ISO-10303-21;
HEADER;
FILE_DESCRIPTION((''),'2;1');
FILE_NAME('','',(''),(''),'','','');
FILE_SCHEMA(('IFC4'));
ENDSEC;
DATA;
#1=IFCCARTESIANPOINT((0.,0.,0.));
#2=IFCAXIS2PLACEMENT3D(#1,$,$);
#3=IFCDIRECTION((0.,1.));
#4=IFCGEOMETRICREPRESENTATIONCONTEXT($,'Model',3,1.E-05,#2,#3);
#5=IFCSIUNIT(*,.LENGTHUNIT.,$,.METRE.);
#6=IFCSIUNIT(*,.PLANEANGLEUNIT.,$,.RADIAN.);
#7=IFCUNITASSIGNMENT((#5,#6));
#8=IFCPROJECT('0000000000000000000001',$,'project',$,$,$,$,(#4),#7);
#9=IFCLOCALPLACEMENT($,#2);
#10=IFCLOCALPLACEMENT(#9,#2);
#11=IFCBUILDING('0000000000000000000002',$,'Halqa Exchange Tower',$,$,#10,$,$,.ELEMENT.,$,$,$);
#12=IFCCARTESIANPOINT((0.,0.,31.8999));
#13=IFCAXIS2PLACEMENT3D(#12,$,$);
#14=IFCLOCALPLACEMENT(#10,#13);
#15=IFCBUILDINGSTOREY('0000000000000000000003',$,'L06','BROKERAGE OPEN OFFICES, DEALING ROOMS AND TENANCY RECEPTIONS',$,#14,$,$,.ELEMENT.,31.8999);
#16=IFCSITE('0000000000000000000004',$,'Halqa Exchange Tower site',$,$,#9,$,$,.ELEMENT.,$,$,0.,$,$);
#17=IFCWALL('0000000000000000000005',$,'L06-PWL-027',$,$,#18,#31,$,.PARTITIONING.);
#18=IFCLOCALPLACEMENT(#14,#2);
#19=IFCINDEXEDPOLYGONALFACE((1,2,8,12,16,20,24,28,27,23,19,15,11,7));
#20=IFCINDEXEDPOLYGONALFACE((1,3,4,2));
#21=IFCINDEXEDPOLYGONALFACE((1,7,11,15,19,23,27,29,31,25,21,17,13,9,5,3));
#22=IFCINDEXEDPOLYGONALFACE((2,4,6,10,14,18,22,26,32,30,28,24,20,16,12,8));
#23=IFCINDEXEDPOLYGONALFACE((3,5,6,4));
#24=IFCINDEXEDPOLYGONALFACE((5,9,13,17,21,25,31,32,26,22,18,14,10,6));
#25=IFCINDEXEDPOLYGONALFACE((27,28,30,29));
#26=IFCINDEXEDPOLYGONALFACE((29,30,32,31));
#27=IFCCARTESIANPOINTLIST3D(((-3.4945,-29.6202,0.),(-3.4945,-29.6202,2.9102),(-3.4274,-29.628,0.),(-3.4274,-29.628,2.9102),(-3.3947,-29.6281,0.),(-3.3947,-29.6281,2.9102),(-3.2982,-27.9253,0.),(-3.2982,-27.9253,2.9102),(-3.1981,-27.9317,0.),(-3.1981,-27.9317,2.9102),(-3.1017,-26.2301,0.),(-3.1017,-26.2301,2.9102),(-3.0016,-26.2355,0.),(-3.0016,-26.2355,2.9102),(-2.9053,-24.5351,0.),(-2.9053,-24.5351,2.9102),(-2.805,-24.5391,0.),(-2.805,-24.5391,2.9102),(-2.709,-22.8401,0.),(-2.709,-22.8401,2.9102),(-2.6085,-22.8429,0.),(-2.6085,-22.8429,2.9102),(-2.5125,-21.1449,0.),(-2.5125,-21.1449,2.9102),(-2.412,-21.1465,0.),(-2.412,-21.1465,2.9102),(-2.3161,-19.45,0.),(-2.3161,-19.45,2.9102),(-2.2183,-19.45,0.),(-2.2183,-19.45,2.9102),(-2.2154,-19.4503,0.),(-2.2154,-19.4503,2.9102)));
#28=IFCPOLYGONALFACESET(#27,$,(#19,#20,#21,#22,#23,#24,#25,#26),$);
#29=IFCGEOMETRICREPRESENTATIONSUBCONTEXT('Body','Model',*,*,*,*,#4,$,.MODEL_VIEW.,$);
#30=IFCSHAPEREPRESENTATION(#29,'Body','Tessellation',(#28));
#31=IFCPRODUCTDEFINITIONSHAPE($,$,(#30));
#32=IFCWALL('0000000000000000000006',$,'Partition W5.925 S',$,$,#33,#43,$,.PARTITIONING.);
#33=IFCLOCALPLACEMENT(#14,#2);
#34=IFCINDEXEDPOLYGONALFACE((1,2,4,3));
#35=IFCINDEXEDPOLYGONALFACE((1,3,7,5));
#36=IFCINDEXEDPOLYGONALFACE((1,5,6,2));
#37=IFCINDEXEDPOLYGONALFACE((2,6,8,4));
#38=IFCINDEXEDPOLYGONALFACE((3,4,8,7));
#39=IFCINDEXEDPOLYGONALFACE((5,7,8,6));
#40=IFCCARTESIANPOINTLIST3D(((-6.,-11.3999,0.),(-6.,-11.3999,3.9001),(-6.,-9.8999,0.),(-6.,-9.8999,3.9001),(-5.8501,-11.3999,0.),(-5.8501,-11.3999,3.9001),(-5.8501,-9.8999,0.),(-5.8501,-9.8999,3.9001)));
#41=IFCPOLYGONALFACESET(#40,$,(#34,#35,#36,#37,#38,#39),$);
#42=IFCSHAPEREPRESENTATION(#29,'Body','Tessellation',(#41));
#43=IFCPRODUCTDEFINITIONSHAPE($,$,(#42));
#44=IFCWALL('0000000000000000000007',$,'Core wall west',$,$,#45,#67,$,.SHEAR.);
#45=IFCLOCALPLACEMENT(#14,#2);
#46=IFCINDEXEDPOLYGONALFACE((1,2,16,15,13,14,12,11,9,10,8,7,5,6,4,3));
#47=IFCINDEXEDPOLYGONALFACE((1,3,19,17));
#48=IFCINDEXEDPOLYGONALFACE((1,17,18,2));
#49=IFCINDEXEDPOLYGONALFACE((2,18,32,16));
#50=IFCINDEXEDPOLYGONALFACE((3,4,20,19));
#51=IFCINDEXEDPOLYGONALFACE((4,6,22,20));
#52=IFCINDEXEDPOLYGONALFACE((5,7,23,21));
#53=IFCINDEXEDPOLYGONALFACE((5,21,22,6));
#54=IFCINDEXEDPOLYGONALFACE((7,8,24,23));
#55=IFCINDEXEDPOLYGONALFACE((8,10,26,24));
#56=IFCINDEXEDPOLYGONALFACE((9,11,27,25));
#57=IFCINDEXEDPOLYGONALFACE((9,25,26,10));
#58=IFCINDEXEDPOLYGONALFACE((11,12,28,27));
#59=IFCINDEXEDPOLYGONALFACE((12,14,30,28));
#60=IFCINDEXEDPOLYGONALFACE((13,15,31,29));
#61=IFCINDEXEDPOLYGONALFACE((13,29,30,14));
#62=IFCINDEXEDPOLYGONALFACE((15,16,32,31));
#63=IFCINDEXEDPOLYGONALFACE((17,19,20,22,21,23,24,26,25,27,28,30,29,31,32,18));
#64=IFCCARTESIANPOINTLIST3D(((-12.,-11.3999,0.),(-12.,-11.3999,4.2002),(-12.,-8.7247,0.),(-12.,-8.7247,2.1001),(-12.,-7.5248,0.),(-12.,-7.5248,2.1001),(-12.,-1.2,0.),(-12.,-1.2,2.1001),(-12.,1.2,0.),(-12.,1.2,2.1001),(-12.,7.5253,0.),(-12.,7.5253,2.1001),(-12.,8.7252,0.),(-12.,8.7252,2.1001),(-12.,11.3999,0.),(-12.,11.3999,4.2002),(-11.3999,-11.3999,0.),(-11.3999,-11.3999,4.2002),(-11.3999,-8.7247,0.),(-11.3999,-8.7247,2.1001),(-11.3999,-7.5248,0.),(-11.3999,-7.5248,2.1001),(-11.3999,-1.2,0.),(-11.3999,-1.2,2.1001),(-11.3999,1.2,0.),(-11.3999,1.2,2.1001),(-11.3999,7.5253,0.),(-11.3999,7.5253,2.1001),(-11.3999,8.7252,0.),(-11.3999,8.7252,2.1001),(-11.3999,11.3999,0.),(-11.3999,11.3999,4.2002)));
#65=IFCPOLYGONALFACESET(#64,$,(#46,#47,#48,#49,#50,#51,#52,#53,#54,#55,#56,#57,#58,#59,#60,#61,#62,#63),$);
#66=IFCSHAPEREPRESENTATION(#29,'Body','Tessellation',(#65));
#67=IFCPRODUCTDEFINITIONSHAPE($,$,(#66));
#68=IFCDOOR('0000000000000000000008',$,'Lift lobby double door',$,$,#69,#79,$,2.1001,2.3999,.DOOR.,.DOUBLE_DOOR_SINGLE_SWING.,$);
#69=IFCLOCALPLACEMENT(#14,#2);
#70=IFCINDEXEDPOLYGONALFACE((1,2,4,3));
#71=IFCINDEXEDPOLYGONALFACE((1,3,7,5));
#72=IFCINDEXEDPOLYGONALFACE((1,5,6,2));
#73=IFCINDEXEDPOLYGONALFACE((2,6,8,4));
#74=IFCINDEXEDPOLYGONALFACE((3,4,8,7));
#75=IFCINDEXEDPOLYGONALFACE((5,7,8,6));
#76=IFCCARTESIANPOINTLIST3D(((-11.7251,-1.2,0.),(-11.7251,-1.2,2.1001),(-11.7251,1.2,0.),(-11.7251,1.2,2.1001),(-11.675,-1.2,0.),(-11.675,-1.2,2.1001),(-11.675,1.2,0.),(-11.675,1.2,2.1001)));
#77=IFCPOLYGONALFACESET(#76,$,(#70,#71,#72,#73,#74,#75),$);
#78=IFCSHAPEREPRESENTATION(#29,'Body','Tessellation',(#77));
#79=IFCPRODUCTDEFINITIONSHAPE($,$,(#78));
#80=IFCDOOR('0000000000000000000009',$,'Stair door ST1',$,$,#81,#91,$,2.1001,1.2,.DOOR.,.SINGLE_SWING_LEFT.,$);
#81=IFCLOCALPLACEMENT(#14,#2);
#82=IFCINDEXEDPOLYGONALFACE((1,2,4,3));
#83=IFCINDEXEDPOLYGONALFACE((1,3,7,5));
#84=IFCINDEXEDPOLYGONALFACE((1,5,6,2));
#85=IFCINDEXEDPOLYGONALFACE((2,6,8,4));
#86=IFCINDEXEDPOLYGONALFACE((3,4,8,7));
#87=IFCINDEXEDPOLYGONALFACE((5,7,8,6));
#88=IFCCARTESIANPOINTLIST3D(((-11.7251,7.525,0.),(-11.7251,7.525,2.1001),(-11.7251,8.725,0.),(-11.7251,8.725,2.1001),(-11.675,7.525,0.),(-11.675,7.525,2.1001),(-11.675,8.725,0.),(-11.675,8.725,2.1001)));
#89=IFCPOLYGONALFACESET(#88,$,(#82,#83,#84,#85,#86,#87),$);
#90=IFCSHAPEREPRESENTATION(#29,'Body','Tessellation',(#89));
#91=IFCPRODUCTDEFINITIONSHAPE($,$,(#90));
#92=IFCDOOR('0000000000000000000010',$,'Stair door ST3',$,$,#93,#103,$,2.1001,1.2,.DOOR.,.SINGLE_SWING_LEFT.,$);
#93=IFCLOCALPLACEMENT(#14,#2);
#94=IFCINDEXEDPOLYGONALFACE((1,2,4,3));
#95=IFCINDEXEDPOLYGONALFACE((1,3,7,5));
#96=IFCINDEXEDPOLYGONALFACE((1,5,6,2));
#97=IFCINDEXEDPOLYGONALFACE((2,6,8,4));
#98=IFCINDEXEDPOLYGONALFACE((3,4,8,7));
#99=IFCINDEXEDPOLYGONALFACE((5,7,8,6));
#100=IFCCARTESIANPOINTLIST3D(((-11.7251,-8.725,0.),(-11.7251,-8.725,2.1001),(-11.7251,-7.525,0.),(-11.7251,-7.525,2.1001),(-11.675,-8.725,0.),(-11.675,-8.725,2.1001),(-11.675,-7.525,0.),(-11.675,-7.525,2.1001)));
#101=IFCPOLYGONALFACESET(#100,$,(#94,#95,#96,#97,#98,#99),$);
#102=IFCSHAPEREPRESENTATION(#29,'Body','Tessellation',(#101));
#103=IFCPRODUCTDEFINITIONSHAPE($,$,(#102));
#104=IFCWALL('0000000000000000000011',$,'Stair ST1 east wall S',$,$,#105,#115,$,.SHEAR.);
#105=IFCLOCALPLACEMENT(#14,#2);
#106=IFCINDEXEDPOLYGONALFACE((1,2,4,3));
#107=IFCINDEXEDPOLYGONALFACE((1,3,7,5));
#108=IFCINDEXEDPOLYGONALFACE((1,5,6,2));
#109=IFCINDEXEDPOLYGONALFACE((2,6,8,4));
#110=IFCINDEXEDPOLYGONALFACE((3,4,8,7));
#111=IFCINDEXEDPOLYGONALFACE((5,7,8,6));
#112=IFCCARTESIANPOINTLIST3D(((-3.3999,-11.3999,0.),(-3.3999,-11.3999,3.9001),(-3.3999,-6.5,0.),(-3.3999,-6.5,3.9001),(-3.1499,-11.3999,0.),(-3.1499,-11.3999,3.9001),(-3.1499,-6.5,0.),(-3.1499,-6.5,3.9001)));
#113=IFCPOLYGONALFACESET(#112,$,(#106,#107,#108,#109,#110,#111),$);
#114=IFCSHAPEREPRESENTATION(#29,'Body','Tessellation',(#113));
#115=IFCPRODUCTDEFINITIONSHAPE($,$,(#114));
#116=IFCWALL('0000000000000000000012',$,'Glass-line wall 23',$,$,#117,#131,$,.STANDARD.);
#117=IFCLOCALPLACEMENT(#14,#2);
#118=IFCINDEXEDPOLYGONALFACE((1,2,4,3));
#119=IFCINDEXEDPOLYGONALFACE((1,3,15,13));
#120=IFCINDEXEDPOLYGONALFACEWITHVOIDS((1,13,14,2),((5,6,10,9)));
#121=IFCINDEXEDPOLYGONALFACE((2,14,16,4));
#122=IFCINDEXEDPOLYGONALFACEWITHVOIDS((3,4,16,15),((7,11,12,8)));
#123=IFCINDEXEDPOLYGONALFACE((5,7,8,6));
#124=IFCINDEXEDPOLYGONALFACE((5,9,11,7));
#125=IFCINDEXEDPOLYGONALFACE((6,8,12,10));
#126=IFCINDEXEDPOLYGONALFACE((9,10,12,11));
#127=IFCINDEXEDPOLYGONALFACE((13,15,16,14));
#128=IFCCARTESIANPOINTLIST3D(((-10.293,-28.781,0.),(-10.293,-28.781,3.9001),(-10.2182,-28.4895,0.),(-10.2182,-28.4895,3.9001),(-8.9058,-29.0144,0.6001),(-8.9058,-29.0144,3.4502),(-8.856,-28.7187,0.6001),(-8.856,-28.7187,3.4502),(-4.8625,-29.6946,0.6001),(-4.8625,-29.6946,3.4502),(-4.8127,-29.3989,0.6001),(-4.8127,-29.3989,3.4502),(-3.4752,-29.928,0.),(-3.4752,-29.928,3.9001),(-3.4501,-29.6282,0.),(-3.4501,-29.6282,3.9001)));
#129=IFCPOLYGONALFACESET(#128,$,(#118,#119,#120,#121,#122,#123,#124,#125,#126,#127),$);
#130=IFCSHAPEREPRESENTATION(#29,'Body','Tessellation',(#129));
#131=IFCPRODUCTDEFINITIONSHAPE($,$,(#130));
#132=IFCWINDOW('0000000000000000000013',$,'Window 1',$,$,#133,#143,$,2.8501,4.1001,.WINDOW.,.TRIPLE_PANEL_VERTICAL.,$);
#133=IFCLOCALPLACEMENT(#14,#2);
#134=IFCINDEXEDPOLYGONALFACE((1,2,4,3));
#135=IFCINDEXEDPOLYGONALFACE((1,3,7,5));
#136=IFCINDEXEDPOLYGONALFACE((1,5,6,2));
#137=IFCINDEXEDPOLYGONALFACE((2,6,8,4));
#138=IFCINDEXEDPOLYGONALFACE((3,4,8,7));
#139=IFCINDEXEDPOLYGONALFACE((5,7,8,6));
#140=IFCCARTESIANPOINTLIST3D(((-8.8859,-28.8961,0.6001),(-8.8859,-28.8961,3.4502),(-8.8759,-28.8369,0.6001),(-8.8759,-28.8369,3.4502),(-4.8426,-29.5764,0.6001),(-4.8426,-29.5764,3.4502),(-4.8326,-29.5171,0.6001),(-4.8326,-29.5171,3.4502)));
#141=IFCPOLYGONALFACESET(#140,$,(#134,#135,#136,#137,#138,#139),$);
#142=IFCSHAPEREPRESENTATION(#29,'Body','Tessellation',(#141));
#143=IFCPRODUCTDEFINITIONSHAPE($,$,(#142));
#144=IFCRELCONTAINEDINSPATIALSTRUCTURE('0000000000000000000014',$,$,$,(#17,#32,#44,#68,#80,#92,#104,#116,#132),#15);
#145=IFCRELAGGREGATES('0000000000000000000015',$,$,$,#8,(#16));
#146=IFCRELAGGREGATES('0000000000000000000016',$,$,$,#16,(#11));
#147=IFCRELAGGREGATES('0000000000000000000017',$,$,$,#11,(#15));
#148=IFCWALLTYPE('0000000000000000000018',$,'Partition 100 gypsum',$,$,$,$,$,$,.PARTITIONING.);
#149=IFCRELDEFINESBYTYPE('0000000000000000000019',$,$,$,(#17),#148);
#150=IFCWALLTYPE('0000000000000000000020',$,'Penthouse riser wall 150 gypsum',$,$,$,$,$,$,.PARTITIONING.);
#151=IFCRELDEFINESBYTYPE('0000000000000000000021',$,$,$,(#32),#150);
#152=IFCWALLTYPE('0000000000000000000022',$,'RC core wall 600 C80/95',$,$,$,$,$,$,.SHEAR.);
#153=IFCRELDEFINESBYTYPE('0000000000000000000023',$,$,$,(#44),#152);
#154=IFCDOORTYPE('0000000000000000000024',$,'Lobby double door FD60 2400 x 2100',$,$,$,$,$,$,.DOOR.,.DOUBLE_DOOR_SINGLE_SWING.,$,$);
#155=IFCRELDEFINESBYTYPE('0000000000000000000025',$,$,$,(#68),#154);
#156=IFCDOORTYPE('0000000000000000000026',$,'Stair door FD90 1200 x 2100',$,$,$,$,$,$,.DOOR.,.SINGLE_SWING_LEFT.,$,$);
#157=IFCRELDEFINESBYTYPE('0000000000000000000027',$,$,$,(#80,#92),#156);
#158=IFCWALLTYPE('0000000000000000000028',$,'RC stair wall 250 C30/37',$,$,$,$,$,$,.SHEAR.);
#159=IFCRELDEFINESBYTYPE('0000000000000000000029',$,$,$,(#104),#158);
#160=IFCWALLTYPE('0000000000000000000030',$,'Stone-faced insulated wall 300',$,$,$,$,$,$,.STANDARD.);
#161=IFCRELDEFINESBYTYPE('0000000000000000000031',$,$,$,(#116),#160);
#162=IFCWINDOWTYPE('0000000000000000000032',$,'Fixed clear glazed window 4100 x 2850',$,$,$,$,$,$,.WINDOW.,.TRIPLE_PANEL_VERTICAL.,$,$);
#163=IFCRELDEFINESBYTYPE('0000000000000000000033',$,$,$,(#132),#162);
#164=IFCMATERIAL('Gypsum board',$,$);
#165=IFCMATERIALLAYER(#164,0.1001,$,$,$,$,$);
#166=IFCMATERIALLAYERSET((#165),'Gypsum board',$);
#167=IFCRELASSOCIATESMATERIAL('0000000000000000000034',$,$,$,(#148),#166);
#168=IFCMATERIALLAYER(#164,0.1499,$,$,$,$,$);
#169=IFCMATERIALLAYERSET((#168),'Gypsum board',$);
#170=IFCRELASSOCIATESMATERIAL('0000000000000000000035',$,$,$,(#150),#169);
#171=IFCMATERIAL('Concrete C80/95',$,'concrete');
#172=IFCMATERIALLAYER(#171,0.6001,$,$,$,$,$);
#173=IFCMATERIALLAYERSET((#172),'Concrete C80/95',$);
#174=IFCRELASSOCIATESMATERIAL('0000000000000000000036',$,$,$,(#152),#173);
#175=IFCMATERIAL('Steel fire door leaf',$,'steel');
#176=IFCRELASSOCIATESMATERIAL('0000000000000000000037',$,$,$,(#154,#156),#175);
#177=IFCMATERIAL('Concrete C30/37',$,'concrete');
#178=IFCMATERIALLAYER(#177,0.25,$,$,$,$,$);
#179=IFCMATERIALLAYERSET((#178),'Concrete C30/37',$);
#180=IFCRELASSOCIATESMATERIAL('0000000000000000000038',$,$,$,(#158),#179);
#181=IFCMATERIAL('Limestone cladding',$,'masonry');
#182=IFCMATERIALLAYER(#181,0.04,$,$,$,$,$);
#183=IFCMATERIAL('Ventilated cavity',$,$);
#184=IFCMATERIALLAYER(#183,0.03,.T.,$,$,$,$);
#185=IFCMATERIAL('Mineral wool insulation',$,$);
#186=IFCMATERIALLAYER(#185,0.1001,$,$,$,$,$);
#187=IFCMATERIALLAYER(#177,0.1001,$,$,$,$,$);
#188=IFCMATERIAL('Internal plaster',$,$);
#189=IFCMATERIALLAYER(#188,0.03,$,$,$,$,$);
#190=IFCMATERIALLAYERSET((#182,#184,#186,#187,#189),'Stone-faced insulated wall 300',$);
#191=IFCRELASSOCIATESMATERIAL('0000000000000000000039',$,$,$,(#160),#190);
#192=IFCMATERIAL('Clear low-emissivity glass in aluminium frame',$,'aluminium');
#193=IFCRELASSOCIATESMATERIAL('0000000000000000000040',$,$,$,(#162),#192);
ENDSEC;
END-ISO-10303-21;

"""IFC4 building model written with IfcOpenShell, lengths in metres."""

from ifc_helpers import new_model, si_unit, direction, frame, frame_2d, origin, place, context, subcontext, project, spatial, polyline, rectangle, outline, extrude, material, layer, layer_set, type_object, element, fill, save


model = new_model("IFC4")

# Units and contexts
model_context = context("Model", 3, precision=1e-05, world=origin(), true_north=direction((0.0, 1.0)))
body_context = subcontext(model_context, "Body", "Model", "MODEL_VIEW")
ifc_project = project(units=[si_unit("LENGTHUNIT", "METRE"), si_unit("PLANEANGLEUNIT", "RADIAN")], contexts=[model_context])

# Site, building, storey
site_placement = place(None, origin())
site = spatial("IfcSite", under=ifc_project, at=site_placement, Name="Halqa Exchange Tower site", CompositionType="ELEMENT", RefElevation=0.0)
building_placement = place(site_placement, origin())
building = spatial("IfcBuilding", under=site, at=building_placement, Name="Halqa Exchange Tower", CompositionType="ELEMENT")
storey_placement = place(building_placement, frame((0.0, 0.0, 31.8999)))
storey = spatial("IfcBuildingStorey", under=building, at=storey_placement, Name="L06", Description="BROKERAGE OPEN OFFICES, DEALING ROOMS AND TENANCY RECEPTIONS", CompositionType="ELEMENT", Elevation=31.8999)

# Shared definitions
ifc_material_1 = material(Name="Concrete C80/95", Category="concrete")

# Shared definitions
ifc_material_2 = material(Name="Steel fire door leaf", Category="steel")

# Shared definitions
ifc_material_3 = material(Name="Gypsum board")
ifc_layer_1 = layer(ifc_material_3, 0.1001)
ifc_layer_set_1 = layer_set([ifc_layer_1], Name="Gypsum board")
wall_type_1 = type_object("IfcWallType", Name="Partition 100 gypsum", PredefinedType="PARTITIONING", material=ifc_layer_set_1)

# Walls
wall_1_placement = place(storey_placement, frame((-3.4448, -29.626, 0.0), z_axis=(0.0, 0.0, 1.0), x_axis=(0.115097, 0.993354, 0.0)))
element("IfcWall", 1, at=wall_1_placement, inside=storey, type_object=wall_type_1, Name="L06-PWL-027", PredefinedType="PARTITIONING", context=body_context, shape_type="SweptSolid", body=[
    extrude(outline(polyline([(10.2495, -0.05), (10.2495, -0.0471), (10.2383, 0.05), (8.532, 0.05), (6.8254, 0.05), (5.1191, 0.05), (3.4128, 0.05), (1.7063, 0.05), (0.0, 0.05), (0.0, -0.0176), (0.0037, -0.05), (1.7114, -0.05), (3.4189, -0.05), (5.1267, -0.05), (6.8342, -0.05), (8.542, -0.05), (10.2495, -0.05)])), origin(), (0.0, 0.0, 1.0), 2.9102),
])
ifc_layer_2 = layer(ifc_material_3, 0.1499)
ifc_layer_set_2 = layer_set([ifc_layer_2], Name="Gypsum board")
wall_type_2 = type_object("IfcWallType", Name="Penthouse riser wall 150 gypsum", PredefinedType="PARTITIONING", material=ifc_layer_set_2)
wall_2_placement = place(storey_placement, frame((-5.925, -11.3999, 0.0), z_axis=(0.0, 0.0, 1.0), x_axis=(0.0, 1.0, 0.0)))
element("IfcWall", 2, at=wall_2_placement, inside=storey, type_object=wall_type_2, Name="Partition W5.925 S", PredefinedType="PARTITIONING", context=body_context, shape_type="SweptSolid", body=[
    extrude(rectangle(XDim=1.5, YDim=0.1499, at=frame_2d((0.75, 0.0))), origin(), (0.0, 0.0, 1.0), 3.9001),
])

# Wall, openings, doors
ifc_layer_3 = layer(ifc_material_1, 0.6001)
ifc_layer_set_3 = layer_set([ifc_layer_3], Name="Concrete C80/95")
wall_type_3 = type_object("IfcWallType", Name="RC core wall 600 C80/95", PredefinedType="SHEAR", material=ifc_layer_set_3)
wall_3_placement = place(storey_placement, frame((-11.7, -11.3999, 0.0), z_axis=(0.0, 0.0, 1.0), x_axis=(0.0, 1.0, 0.0)))
wall_3 = element("IfcWall", 3, at=wall_3_placement, inside=storey, type_object=wall_type_3, Name="Core wall west", PredefinedType="SHEAR", context=body_context, shape_type="SweptSolid", body=[
    extrude(rectangle(XDim=22.7998, YDim=0.6001, at=frame_2d((11.3999, 0.0))), origin(), (0.0, 0.0, 1.0), 4.2002),
])
opening_1_placement = place(wall_3_placement, frame((10.2, 0.0, 0.0)))
opening_1 = element("IfcOpeningElement", 4, at=opening_1_placement, cuts=wall_3, PredefinedType="OPENING", context=body_context, shape_type="SweptSolid", body=[
    extrude(rectangle(XDim=2.3999, YDim=2.1001, at=frame_2d((1.2, 1.05))), frame((0.0, 0.312, 0.0), z_axis=(0.0, -1.0, 0.0), x_axis=(1.0, 0.0, 0.0)), (0.0, 0.0, 1.0), 0.624),
])
opening_2_placement = place(wall_3_placement, frame((18.925, 0.0, 0.0)))
opening_2 = element("IfcOpeningElement", 5, at=opening_2_placement, cuts=wall_3, PredefinedType="OPENING", context=body_context, shape_type="SweptSolid", body=[
    extrude(rectangle(XDim=1.2, YDim=2.1001, at=frame_2d((0.6001, 1.05))), frame((0.0, 0.312, 0.0), z_axis=(0.0, -1.0, 0.0), x_axis=(1.0, 0.0, 0.0)), (0.0, 0.0, 1.0), 0.624),
])
opening_3_placement = place(wall_3_placement, frame((2.675, 0.0, 0.0)))
opening_3 = element("IfcOpeningElement", 6, at=opening_3_placement, cuts=wall_3, PredefinedType="OPENING", context=body_context, shape_type="SweptSolid", body=[
    extrude(rectangle(XDim=1.2, YDim=2.1001, at=frame_2d((0.6001, 1.05))), frame((0.0, 0.312, 0.0), z_axis=(0.0, -1.0, 0.0), x_axis=(1.0, 0.0, 0.0)), (0.0, 0.0, 1.0), 0.624),
])
door_type_1 = type_object("IfcDoorType", Name="Lobby double door FD60 2400 x 2100", OperationType="DOUBLE_DOOR_SINGLE_SWING", PredefinedType="DOOR", material=ifc_material_2)
door_1_placement = place(opening_1_placement, frame((2.3999, 0.0, 0.0), z_axis=(0.0, 0.0, 1.0), x_axis=(-1.0, 0.0, 0.0)))
door_1 = element("IfcDoor", 7, at=door_1_placement, inside=storey, type_object=door_type_1, Name="Lift lobby double door", OperationType="DOUBLE_DOOR_SINGLE_SWING", OverallHeight=2.1001, OverallWidth=2.3999, PredefinedType="DOOR", context=body_context, shape_type="SweptSolid", body=[
    extrude(rectangle(XDim=2.3999, YDim=2.1001, at=frame_2d((1.2, 1.05))), frame((0.0, 0.0249, 0.0), z_axis=(0.0, -1.0, 0.0), x_axis=(1.0, 0.0, 0.0)), (0.0, 0.0, 1.0), 0.05),
])
fill(opening_1, door_1)
door_type_2 = type_object("IfcDoorType", Name="Stair door FD90 1200 x 2100", OperationType="SINGLE_SWING_LEFT", PredefinedType="DOOR", material=ifc_material_2)
door_2_placement = place(opening_2_placement, frame((1.2, 0.0, 0.0), z_axis=(0.0, 0.0, 1.0), x_axis=(-1.0, 0.0, 0.0)))
door_2 = element("IfcDoor", 8, at=door_2_placement, inside=storey, type_object=door_type_2, Name="Stair door ST1", OperationType="SINGLE_SWING_LEFT", OverallHeight=2.1001, OverallWidth=1.2, PredefinedType="DOOR", context=body_context, shape_type="SweptSolid", body=[
    extrude(rectangle(XDim=1.2, YDim=2.1001, at=frame_2d((0.6001, 1.05))), frame((0.0, 0.0249, 0.0), z_axis=(0.0, -1.0, 0.0), x_axis=(1.0, 0.0, 0.0)), (0.0, 0.0, 1.0), 0.05),
])
fill(opening_2, door_2)
door_3_placement = place(opening_3_placement, frame((1.2, 0.0, 0.0), z_axis=(0.0, 0.0, 1.0), x_axis=(-1.0, 0.0, 0.0)))
door_3 = element("IfcDoor", 9, at=door_3_placement, inside=storey, type_object=door_type_2, Name="Stair door ST3", OperationType="SINGLE_SWING_LEFT", OverallHeight=2.1001, OverallWidth=1.2, PredefinedType="DOOR", context=body_context, shape_type="SweptSolid", body=[
    extrude(rectangle(XDim=1.2, YDim=2.1001, at=frame_2d((0.6001, 1.05))), frame((0.0, 0.0249, 0.0), z_axis=(0.0, -1.0, 0.0), x_axis=(1.0, 0.0, 0.0)), (0.0, 0.0, 1.0), 0.05),
])
fill(opening_3, door_3)

# Wall
ifc_material_4 = material(Name="Concrete C30/37", Category="concrete")
ifc_layer_4 = layer(ifc_material_4, 0.25)
ifc_layer_set_4 = layer_set([ifc_layer_4], Name="Concrete C30/37")
wall_type_4 = type_object("IfcWallType", Name="RC stair wall 250 C30/37", PredefinedType="SHEAR", material=ifc_layer_set_4)
wall_4_placement = place(storey_placement, frame((-3.2749, -11.3999, 0.0), z_axis=(0.0, 0.0, 1.0), x_axis=(0.0, 1.0, 0.0)))
element("IfcWall", 10, at=wall_4_placement, inside=storey, type_object=wall_type_4, Name="Stair ST1 east wall S", PredefinedType="SHEAR", context=body_context, shape_type="SweptSolid", body=[
    extrude(rectangle(XDim=4.8999, YDim=0.25, at=frame_2d((2.45, 0.0))), origin(), (0.0, 0.0, 1.0), 3.9001),
])

# Wall, opening, window
ifc_material_5 = material(Name="Limestone cladding", Category="masonry")
ifc_layer_5 = layer(ifc_material_5, 0.04)
ifc_material_6 = material(Name="Ventilated cavity")
ifc_layer_6 = layer(ifc_material_6, 0.03, ventilated=True)
ifc_material_7 = material(Name="Mineral wool insulation")
ifc_layer_7 = layer(ifc_material_7, 0.1001)
ifc_layer_8 = layer(ifc_material_4, 0.1001)
ifc_material_8 = material(Name="Internal plaster")
ifc_layer_9 = layer(ifc_material_8, 0.03)
ifc_layer_set_5 = layer_set([ifc_layer_5, ifc_layer_6, ifc_layer_7, ifc_layer_8, ifc_layer_9], Name="Stone-faced insulated wall 300")
wall_type_5 = type_object("IfcWallType", Name="Stone-faced insulated wall 300", PredefinedType="STANDARD", material=ifc_layer_set_5)
wall_5_placement = place(storey_placement, frame((-10.2556, -28.6353, 0.0), z_axis=(0.0, 0.0, 1.0), x_axis=(0.986142, -0.165905, 0.0)))
wall_5 = element("IfcWall", 11, at=wall_5_placement, inside=storey, type_object=wall_type_5, Name="Glass-line wall 23", PredefinedType="STANDARD", context=body_context, shape_type="SweptSolid", body=[
    extrude(outline(polyline([(-0.0127, -0.1499), (6.9009, -0.1499), (6.876, 0.1499), (0.0127, 0.1499), (-0.0127, -0.1499)])), origin(), (0.0, 0.0, 1.0), 3.9001),
])
opening_4_placement = place(wall_5_placement, frame((1.394, 0.0, 0.6001)))
opening_4 = element("IfcOpeningElement", 12, at=opening_4_placement, cuts=wall_5, PredefinedType="OPENING", context=body_context, shape_type="SweptSolid", body=[
    extrude(rectangle(XDim=4.1001, YDim=2.8501, at=frame_2d((2.05, 1.425))), frame((0.0, 0.1621, 0.0), z_axis=(0.0, -1.0, 0.0), x_axis=(1.0, 0.0, 0.0)), (0.0, 0.0, 1.0), 0.324),
])
ifc_material_9 = material(Name="Clear low-emissivity glass in aluminium frame", Category="aluminium")
window_type = type_object("IfcWindowType", Name="Fixed clear glazed window 4100 x 2850", PartitioningType="TRIPLE_PANEL_VERTICAL", PredefinedType="WINDOW", material=ifc_material_9)
window_placement = place(opening_4_placement, origin())
window = element("IfcWindow", 13, at=window_placement, inside=storey, type_object=window_type, Name="Window 1", OverallHeight=2.8501, OverallWidth=4.1001, PartitioningType="TRIPLE_PANEL_VERTICAL", PredefinedType="WINDOW", context=body_context, shape_type="SweptSolid", body=[
    extrude(rectangle(XDim=4.1001, YDim=2.8501, at=frame_2d((2.05, 1.425))), frame((0.0, 0.03, 0.0), z_axis=(0.0, -1.0, 0.0), x_axis=(1.0, 0.0, 0.0)), (0.0, 0.0, 1.0), 0.0601),
])
fill(opening_4, window)

save(model, "model.ifc")
